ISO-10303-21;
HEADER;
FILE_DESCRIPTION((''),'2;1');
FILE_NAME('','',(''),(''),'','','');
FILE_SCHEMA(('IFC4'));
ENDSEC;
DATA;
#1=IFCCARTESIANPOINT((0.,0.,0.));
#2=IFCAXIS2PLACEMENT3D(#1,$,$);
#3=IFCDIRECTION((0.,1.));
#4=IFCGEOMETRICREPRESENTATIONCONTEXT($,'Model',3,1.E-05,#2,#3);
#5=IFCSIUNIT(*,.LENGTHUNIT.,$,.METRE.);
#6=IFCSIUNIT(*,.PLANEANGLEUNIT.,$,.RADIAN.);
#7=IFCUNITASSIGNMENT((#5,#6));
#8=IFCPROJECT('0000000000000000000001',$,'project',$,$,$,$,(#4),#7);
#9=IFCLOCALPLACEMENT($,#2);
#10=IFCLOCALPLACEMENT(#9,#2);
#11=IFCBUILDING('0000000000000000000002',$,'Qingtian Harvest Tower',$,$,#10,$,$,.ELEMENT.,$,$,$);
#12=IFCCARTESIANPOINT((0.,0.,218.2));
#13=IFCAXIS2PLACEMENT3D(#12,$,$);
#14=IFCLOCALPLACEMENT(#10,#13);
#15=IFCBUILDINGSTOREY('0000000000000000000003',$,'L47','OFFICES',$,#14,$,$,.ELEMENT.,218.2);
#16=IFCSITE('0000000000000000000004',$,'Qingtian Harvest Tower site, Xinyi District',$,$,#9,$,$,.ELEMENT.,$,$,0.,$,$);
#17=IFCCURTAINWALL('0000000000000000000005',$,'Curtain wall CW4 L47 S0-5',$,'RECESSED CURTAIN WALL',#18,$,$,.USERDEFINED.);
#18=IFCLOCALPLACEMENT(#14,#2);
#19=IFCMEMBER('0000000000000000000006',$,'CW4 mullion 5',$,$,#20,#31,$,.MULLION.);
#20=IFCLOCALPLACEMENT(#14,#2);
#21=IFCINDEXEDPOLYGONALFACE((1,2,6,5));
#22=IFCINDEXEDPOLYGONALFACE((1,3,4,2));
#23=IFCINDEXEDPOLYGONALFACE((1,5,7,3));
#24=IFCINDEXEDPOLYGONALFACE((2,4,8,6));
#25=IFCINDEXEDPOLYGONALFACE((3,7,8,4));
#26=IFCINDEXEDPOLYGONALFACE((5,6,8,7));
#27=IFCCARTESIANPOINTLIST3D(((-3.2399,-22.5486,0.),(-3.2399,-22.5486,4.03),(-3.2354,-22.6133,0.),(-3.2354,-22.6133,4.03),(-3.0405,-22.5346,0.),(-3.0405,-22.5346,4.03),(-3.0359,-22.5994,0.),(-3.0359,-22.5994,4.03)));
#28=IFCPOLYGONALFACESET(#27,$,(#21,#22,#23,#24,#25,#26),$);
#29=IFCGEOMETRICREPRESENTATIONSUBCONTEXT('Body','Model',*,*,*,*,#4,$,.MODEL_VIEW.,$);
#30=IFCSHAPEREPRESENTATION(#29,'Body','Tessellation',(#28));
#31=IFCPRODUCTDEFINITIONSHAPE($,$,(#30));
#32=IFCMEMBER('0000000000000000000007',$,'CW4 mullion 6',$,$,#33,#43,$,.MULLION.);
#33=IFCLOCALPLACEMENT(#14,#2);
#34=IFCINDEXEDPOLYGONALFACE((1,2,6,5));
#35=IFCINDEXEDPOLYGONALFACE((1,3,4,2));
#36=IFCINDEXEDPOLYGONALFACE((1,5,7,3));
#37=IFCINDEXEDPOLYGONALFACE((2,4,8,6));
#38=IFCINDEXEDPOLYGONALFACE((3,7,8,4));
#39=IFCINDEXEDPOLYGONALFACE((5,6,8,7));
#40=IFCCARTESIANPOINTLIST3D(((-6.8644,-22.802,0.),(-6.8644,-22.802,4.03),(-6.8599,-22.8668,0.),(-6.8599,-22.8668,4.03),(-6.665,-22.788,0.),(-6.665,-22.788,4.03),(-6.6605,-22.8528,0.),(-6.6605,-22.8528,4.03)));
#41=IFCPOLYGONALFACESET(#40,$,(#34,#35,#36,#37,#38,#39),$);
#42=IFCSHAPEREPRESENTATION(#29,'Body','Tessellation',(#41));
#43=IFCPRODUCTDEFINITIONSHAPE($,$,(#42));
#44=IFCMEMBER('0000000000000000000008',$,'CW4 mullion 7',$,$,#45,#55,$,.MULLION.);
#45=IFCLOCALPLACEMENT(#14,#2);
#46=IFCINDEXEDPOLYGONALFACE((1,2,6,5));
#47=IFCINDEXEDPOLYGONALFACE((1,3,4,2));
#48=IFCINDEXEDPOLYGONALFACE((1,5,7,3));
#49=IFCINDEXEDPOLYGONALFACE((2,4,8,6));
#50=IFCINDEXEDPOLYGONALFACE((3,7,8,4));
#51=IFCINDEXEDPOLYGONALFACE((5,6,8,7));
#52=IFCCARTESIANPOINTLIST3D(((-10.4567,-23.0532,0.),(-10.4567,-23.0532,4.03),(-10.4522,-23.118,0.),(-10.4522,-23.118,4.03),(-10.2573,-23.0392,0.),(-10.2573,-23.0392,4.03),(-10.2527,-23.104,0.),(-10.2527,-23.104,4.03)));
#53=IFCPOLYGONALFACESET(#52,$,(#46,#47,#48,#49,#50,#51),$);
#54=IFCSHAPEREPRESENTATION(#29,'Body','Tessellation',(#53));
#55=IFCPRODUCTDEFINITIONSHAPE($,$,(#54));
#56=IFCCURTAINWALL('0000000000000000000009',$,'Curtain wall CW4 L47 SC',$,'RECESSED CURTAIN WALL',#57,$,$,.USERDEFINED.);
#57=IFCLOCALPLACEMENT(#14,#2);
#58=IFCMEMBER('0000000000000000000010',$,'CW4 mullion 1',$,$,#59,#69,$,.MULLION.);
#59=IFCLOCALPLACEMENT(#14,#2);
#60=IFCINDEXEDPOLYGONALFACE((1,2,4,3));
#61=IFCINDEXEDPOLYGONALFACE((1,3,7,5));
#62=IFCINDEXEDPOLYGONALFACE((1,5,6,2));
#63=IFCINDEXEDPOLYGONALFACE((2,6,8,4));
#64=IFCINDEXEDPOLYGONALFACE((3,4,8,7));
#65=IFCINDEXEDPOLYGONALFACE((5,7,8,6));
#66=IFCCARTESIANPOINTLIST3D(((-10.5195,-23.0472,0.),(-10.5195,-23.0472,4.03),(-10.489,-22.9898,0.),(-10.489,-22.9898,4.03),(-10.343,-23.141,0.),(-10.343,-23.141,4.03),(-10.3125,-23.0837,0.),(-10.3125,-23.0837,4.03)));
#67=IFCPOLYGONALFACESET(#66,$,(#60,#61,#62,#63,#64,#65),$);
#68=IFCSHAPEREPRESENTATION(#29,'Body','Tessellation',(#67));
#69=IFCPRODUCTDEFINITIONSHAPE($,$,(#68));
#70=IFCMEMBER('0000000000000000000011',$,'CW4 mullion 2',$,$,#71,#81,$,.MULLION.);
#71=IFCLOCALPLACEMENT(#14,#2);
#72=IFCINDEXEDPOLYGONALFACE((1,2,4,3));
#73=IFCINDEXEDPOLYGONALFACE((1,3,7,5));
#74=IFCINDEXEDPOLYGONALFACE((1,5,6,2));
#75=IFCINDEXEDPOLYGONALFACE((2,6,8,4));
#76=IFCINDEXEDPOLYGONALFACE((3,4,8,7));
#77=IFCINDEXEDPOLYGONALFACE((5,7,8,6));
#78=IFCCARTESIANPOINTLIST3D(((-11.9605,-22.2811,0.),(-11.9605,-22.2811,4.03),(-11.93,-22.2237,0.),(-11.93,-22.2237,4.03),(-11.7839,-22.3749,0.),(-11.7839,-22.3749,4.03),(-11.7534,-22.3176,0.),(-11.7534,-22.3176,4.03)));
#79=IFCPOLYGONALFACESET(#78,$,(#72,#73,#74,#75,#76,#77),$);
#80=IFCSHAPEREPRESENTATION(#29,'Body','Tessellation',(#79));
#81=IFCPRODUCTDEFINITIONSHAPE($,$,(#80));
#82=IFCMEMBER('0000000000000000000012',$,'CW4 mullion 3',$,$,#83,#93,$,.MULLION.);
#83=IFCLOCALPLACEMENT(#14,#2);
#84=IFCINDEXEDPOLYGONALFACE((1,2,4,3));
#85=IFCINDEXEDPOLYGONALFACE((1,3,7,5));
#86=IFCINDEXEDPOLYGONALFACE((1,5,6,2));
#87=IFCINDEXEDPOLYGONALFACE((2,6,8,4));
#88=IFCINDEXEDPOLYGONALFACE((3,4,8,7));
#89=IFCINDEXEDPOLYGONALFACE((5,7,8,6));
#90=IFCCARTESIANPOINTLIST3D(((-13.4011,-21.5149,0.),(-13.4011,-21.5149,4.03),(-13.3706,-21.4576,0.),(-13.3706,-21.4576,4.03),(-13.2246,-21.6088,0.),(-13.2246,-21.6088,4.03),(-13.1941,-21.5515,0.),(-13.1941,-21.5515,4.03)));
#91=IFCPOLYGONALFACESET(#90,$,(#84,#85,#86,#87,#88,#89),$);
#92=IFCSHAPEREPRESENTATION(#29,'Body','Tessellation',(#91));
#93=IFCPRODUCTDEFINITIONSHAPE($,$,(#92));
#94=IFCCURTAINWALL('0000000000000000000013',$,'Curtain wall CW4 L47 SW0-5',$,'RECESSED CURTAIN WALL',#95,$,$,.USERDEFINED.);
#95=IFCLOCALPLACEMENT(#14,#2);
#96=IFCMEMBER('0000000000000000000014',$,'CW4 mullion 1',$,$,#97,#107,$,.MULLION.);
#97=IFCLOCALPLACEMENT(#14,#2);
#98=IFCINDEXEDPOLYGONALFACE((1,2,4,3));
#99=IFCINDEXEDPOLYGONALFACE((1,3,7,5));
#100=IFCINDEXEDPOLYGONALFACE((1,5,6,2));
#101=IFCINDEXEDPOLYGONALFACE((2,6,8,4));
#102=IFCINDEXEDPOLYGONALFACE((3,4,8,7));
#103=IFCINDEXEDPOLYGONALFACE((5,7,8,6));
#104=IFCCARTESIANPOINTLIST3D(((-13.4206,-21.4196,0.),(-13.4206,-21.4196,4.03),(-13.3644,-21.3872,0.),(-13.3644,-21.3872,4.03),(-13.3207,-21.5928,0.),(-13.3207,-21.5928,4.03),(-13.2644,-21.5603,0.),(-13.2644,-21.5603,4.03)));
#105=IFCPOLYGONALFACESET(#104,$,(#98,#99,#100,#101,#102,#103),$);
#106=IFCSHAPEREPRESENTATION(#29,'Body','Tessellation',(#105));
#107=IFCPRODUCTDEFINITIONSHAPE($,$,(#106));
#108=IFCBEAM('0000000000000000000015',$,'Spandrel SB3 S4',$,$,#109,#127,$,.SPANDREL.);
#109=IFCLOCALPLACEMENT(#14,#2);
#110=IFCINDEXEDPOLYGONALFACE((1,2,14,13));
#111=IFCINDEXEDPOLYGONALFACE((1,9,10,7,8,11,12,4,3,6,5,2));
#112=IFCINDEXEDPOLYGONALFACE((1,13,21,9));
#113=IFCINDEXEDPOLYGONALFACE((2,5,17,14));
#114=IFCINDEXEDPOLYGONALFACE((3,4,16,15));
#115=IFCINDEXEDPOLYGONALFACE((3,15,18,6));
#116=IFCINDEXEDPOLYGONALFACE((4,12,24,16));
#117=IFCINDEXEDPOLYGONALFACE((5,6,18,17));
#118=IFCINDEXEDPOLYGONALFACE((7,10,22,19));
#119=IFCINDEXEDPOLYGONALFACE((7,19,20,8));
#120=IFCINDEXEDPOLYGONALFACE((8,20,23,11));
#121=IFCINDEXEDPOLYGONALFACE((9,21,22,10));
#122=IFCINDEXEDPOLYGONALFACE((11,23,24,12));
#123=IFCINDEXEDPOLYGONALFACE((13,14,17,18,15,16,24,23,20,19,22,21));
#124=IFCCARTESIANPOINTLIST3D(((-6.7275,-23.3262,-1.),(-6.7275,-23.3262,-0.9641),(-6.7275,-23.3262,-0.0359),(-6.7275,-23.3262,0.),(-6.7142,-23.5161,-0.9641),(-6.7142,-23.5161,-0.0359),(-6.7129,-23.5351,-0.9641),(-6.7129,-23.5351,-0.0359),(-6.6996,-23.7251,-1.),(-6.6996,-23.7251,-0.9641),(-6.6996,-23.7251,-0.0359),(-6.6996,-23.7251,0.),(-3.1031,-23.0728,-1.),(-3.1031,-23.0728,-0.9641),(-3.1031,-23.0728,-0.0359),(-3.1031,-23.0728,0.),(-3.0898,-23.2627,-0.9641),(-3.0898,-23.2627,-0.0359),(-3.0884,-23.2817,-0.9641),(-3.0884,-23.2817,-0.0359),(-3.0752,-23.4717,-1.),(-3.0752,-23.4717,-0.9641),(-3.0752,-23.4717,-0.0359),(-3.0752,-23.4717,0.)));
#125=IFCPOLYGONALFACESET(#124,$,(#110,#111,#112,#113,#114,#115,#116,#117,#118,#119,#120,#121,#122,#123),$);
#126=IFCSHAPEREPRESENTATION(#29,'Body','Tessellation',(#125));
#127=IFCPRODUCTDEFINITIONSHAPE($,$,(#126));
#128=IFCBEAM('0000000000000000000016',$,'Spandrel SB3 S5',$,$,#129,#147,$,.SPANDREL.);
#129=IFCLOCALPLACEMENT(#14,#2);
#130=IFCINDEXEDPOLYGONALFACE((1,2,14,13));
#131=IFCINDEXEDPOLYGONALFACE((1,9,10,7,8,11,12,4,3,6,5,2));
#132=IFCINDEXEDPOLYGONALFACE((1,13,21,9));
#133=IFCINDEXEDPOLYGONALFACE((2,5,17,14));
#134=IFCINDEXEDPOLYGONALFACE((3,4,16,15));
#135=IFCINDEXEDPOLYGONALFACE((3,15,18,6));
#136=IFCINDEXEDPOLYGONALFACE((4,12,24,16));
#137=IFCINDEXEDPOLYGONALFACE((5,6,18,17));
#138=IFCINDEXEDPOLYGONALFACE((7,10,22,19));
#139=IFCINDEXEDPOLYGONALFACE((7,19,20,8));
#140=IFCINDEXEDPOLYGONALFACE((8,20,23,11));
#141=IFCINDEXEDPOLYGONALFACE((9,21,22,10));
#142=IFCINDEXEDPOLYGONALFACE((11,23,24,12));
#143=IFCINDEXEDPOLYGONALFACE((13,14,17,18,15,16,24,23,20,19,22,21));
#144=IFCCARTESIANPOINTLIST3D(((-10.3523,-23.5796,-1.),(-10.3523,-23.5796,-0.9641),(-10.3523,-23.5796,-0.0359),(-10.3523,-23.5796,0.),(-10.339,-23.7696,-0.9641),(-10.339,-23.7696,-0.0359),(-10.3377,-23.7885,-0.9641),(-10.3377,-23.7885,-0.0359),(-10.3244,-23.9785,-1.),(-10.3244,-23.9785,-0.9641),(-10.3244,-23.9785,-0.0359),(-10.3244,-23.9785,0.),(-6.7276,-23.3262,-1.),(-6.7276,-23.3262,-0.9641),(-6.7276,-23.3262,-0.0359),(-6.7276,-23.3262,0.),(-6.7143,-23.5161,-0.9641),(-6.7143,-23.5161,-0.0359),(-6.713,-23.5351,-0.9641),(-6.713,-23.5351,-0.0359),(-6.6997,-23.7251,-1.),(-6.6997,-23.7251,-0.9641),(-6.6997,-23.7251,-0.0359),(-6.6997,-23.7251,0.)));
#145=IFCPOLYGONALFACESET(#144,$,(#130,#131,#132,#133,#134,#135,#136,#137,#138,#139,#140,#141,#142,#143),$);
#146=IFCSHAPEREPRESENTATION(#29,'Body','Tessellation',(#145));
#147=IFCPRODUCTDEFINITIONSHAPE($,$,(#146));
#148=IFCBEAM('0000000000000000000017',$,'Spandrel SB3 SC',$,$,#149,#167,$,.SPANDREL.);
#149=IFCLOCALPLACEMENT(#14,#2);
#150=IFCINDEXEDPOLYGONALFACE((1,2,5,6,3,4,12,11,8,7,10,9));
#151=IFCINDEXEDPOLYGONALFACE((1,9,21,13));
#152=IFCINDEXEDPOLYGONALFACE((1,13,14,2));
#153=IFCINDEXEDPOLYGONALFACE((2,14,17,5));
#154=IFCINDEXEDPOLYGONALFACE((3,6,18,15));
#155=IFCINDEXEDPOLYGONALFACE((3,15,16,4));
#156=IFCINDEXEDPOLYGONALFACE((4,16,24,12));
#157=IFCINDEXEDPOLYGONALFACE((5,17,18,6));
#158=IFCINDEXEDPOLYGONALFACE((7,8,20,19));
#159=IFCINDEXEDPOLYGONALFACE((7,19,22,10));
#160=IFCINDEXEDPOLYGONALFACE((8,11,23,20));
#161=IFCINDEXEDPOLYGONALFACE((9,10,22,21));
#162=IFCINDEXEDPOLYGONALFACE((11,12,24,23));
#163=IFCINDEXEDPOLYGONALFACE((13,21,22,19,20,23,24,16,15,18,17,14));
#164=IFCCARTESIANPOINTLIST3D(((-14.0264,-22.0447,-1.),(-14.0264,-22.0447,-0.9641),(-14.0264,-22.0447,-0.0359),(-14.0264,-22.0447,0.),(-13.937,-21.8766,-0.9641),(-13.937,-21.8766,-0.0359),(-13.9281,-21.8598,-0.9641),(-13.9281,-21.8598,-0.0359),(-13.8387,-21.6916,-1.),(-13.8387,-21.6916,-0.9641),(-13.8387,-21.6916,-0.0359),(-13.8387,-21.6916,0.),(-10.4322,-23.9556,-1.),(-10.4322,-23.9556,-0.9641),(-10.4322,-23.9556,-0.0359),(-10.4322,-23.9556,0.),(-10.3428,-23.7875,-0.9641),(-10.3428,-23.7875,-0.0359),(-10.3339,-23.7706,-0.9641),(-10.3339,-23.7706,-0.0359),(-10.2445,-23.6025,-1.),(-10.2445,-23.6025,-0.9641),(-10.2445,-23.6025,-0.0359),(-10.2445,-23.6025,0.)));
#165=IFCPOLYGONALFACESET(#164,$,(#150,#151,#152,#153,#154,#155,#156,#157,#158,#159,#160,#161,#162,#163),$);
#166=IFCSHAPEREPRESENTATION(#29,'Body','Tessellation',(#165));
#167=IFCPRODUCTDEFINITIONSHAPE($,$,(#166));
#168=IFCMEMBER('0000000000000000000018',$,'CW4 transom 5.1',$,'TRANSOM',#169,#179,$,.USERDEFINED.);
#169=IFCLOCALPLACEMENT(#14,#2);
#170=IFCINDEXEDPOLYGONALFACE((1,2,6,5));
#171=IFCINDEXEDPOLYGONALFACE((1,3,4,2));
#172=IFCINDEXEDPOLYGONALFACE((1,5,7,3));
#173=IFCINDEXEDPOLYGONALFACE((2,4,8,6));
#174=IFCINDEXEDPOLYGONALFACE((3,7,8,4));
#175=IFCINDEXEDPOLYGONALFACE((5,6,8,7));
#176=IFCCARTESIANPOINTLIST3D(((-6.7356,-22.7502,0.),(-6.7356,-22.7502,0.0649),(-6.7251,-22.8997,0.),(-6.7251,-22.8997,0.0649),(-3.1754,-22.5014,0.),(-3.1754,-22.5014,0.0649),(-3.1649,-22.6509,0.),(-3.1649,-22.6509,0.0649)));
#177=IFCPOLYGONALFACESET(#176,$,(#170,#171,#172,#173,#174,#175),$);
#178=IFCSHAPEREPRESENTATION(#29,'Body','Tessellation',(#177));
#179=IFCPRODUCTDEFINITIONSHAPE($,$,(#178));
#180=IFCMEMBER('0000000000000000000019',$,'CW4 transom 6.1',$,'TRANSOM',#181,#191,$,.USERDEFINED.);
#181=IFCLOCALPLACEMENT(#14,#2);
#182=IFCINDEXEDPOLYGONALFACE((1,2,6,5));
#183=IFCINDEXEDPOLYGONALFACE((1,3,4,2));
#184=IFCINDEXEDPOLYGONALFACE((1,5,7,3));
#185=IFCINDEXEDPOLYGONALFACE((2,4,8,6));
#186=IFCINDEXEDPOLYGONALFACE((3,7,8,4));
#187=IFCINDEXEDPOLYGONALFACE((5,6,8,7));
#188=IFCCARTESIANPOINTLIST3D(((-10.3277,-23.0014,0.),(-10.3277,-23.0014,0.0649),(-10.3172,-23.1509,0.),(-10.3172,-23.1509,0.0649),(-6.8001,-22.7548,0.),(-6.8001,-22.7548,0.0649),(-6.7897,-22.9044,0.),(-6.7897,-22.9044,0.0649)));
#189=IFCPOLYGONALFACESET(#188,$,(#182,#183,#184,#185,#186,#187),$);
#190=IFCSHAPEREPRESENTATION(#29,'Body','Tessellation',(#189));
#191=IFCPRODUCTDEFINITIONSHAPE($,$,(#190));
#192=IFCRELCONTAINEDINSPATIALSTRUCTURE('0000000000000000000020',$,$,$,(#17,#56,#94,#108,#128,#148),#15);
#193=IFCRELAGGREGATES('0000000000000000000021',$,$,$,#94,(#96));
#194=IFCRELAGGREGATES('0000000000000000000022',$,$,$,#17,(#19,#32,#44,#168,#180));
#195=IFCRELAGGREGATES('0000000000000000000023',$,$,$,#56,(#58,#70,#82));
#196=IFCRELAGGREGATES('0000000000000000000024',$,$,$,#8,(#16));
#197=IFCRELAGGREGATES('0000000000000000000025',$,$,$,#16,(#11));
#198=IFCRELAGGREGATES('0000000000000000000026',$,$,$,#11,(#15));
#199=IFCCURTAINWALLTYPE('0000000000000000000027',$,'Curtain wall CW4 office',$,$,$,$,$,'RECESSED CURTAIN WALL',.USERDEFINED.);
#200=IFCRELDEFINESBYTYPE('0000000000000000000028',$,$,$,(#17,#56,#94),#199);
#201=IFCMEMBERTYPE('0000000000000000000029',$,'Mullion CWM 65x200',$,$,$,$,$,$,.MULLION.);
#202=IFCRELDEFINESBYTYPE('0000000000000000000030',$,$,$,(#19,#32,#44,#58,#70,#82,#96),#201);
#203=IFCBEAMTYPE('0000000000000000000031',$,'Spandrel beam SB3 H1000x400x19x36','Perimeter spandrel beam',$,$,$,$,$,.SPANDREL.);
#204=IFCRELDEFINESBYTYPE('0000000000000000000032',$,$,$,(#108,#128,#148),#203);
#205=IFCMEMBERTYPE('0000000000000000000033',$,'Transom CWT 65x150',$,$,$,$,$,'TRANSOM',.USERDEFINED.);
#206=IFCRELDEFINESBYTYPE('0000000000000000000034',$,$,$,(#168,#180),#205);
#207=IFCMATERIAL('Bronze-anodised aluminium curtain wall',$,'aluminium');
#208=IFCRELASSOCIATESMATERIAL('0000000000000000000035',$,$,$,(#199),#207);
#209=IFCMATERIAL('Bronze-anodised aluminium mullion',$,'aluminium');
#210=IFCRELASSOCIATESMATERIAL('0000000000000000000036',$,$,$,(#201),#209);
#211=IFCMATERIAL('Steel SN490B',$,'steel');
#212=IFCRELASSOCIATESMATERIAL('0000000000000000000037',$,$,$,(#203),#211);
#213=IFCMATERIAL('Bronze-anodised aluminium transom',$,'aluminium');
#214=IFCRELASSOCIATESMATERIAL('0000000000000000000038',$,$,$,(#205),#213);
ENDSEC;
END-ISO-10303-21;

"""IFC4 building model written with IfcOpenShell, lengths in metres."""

from ifc_helpers import new_model, si_unit, direction, frame, origin, origin_2d, place, context, subcontext, project, spatial, rectangle, i_section, extrude, material, material_profile, profile_set, type_object, element, aggregate, save


model = new_model("IFC4")

# Units and contexts
model_context = context("Model", 3, precision=1e-05, world=origin(), true_north=direction((0.0, 1.0)))
body_context = subcontext(model_context, "Body", "Model", "MODEL_VIEW")
ifc_project = project(units=[si_unit("LENGTHUNIT", "METRE"), si_unit("PLANEANGLEUNIT", "RADIAN")], contexts=[model_context])

# Site, building, storey
site_placement = place(None, origin())
site = spatial("IfcSite", under=ifc_project, at=site_placement, Name="Qingtian Harvest Tower site, Xinyi District", CompositionType="ELEMENT", RefElevation=0.0)
building_placement = place(site_placement, origin())
building = spatial("IfcBuilding", under=site, at=building_placement, Name="Qingtian Harvest Tower", CompositionType="ELEMENT")
storey_placement = place(building_placement, frame((0.0, 0.0, 218.2)))
storey = spatial("IfcBuildingStorey", under=building, at=storey_placement, Name="L47", Description="OFFICES", CompositionType="ELEMENT", Elevation=218.2)

# Curtain walls, members
ifc_material_1 = material(Name="Bronze-anodised aluminium curtain wall", Category="aluminium")
curtain_wall_type = type_object("IfcCurtainWallType", Name="Curtain wall CW4 office", ElementType="RECESSED CURTAIN WALL", PredefinedType="USERDEFINED", material=ifc_material_1)
curtain_wall_1_placement = place(storey_placement, origin())
curtain_wall_1 = element("IfcCurtainWall", 1, at=curtain_wall_1_placement, inside=storey, type_object=curtain_wall_type, Name="Curtain wall CW4 L47 S0-5", ObjectType="RECESSED CURTAIN WALL", PredefinedType="USERDEFINED")
ifc_material_2 = material(Name="Bronze-anodised aluminium mullion", Category="aluminium")
ifc_material_profile_1 = material_profile(ifc_material_2, rectangle(XDim=0.0649, YDim=0.2, at=origin_2d()), Name="AL 65x200")
ifc_profile_set_1 = profile_set([ifc_material_profile_1], Name="Bronze-anodised aluminium mullion")
member_type_1 = type_object("IfcMemberType", Name="Mullion CWM 65x200", PredefinedType="MULLION", material=ifc_profile_set_1)
member_1_placement = place(storey_placement, frame((-3.1379, -22.574, 0.0), z_axis=(0.0, 0.0, 1.0), x_axis=(0.069756, -0.997564, 0.0)))
member_1 = element("IfcMember", 2, at=member_1_placement, type_object=member_type_1, Name="CW4 mullion 5", PredefinedType="MULLION", context=body_context, shape_type="SweptSolid", body=[
    extrude(rectangle(XDim=0.0649, YDim=0.2, at=origin_2d()), origin(), (0.0, 0.0, 1.0), 4.03),
])
member_2_placement = place(storey_placement, frame((-6.7625, -22.8274, 0.0), z_axis=(0.0, 0.0, 1.0), x_axis=(0.069756, -0.997564, 0.0)))
member_2 = element("IfcMember", 3, at=member_2_placement, type_object=member_type_1, Name="CW4 mullion 6", PredefinedType="MULLION", context=body_context, shape_type="SweptSolid", body=[
    extrude(rectangle(XDim=0.0649, YDim=0.2, at=origin_2d()), origin(), (0.0, 0.0, 1.0), 4.03),
])
member_3_placement = place(storey_placement, frame((-10.3547, -23.0786, 0.0), z_axis=(0.0, 0.0, 1.0), x_axis=(0.069756, -0.997564, 0.0)))
member_3 = element("IfcMember", 4, at=member_3_placement, type_object=member_type_1, Name="CW4 mullion 7", PredefinedType="MULLION", context=body_context, shape_type="SweptSolid", body=[
    extrude(rectangle(XDim=0.0649, YDim=0.2, at=origin_2d()), origin(), (0.0, 0.0, 1.0), 4.03),
])
curtain_wall_2_placement = place(storey_placement, origin())
curtain_wall_2 = element("IfcCurtainWall", 5, at=curtain_wall_2_placement, inside=storey, type_object=curtain_wall_type, Name="Curtain wall CW4 L47 SC", ObjectType="RECESSED CURTAIN WALL", PredefinedType="USERDEFINED")
member_4_placement = place(storey_placement, frame((-10.416, -23.0654, 0.0), z_axis=(0.0, 0.0, 1.0), x_axis=(-0.469472, -0.882948, 0.0)))
member_4 = element("IfcMember", 6, at=member_4_placement, type_object=member_type_1, Name="CW4 mullion 1", PredefinedType="MULLION", context=body_context, shape_type="SweptSolid", body=[
    extrude(rectangle(XDim=0.0649, YDim=0.2, at=origin_2d()), origin(), (0.0, 0.0, 1.0), 4.03),
])
member_5_placement = place(storey_placement, frame((-11.8569, -22.2993, 0.0), z_axis=(0.0, 0.0, 1.0), x_axis=(-0.469472, -0.882948, 0.0)))
member_5 = element("IfcMember", 7, at=member_5_placement, type_object=member_type_1, Name="CW4 mullion 2", PredefinedType="MULLION", context=body_context, shape_type="SweptSolid", body=[
    extrude(rectangle(XDim=0.0649, YDim=0.2, at=origin_2d()), origin(), (0.0, 0.0, 1.0), 4.03),
])
member_6_placement = place(storey_placement, frame((-13.2976, -21.5332, 0.0), z_axis=(0.0, 0.0, 1.0), x_axis=(-0.469472, -0.882948, 0.0)))
member_6 = element("IfcMember", 8, at=member_6_placement, type_object=member_type_1, Name="CW4 mullion 3", PredefinedType="MULLION", context=body_context, shape_type="SweptSolid", body=[
    extrude(rectangle(XDim=0.0649, YDim=0.2, at=origin_2d()), origin(), (0.0, 0.0, 1.0), 4.03),
])

# Curtain wall, member
curtain_wall_3_placement = place(storey_placement, origin())
curtain_wall_3 = element("IfcCurtainWall", 9, at=curtain_wall_3_placement, inside=storey, type_object=curtain_wall_type, Name="Curtain wall CW4 L47 SW0-5", ObjectType="RECESSED CURTAIN WALL", PredefinedType="USERDEFINED")
member_7_placement = place(storey_placement, frame((-13.3425, -21.49, 0.0), z_axis=(0.0, 0.0, 1.0), x_axis=(-0.866025, -0.5, 0.0)))
member_7 = element("IfcMember", 10, at=member_7_placement, type_object=member_type_1, Name="CW4 mullion 1", PredefinedType="MULLION", context=body_context, shape_type="SweptSolid", body=[
    extrude(rectangle(XDim=0.0649, YDim=0.2, at=origin_2d()), origin(), (0.0, 0.0, 1.0), 4.03),
])
aggregate(curtain_wall_3, [member_7])

# Beams
ifc_material_3 = material(Name="Steel SN490B", Category="steel")
ifc_material_profile_2 = material_profile(ifc_material_3, i_section(OverallWidth=0.3999, OverallDepth=1.0, WebThickness=0.019, FlangeThickness=0.0359, at=origin_2d()), Name="H1000x400x19x36")
ifc_profile_set_2 = profile_set([ifc_material_profile_2], Name="Steel SN490B")
beam_type_1 = type_object("IfcBeamType", Name="Spandrel beam SB3 H1000x400x19x36", Description="Perimeter spandrel beam", PredefinedType="SPANDREL", material=ifc_profile_set_2)
beam_1_placement = place(storey_placement, frame((-3.0891, -23.2722, -0.5), z_axis=(-0.997565, -0.069748, 0.0), x_axis=(0.069748, -0.997565, 0.0)))
element("IfcBeam", 11, at=beam_1_placement, inside=storey, type_object=beam_type_1, Name="Spandrel SB3 S4", PredefinedType="SPANDREL", context=body_context, shape_type="SweptSolid", body=[
    extrude(i_section(OverallWidth=0.3999, OverallDepth=1.0, WebThickness=0.019, FlangeThickness=0.0359, at=origin_2d()), origin(), (0.0, 0.0, 1.0), 3.6333),
])
beam_2_placement = place(storey_placement, frame((-6.7136, -23.5256, -0.5), z_axis=(-0.997565, -0.069743, 0.0), x_axis=(0.069743, -0.997565, 0.0)))
element("IfcBeam", 12, at=beam_2_placement, inside=storey, type_object=beam_type_1, Name="Spandrel SB3 S5", PredefinedType="SPANDREL", context=body_context, shape_type="SweptSolid", body=[
    extrude(i_section(OverallWidth=0.3999, OverallDepth=1.0, WebThickness=0.019, FlangeThickness=0.0359, at=origin_2d()), origin(), (0.0, 0.0, 1.0), 3.6335),
])
beam_3_placement = place(storey_placement, frame((-10.3384, -23.7791, -0.5), z_axis=(-0.882968, 0.469433, 0.0), x_axis=(-0.469433, -0.882968, 0.0)))
element("IfcBeam", 13, at=beam_3_placement, inside=storey, type_object=beam_type_1, Name="Spandrel SB3 SC", PredefinedType="SPANDREL", context=body_context, shape_type="SweptSolid", body=[
    extrude(i_section(OverallWidth=0.3999, OverallDepth=1.0, WebThickness=0.019, FlangeThickness=0.0359, at=origin_2d()), origin(), (0.0, 0.0, 1.0), 4.0706),
])

# Members
ifc_material_4 = material(Name="Bronze-anodised aluminium transom", Category="aluminium")
ifc_material_profile_3 = material_profile(ifc_material_4, rectangle(XDim=0.1499, YDim=0.0649, at=origin_2d()), Name="AL 65x150")
ifc_profile_set_3 = profile_set([ifc_material_profile_3], Name="Bronze-anodised aluminium transom")
member_type_2 = type_object("IfcMemberType", Name="Transom CWT 65x150", ElementType="TRANSOM", PredefinedType="USERDEFINED", material=ifc_profile_set_3)
member_8_placement = place(storey_placement, frame((-3.1702, -22.5762, 0.0325), z_axis=(-0.997567, -0.069711, 0.0), x_axis=(0.069711, -0.997567, 0.0)))
member_8 = element("IfcMember", 14, at=member_8_placement, type_object=member_type_2, Name="CW4 transom 5.1", ObjectType="TRANSOM", PredefinedType="USERDEFINED", context=body_context, shape_type="SweptSolid", body=[
    extrude(rectangle(XDim=0.1499, YDim=0.0649, at=origin_2d()), origin(), (0.0, 0.0, 1.0), 3.5688),
])
member_9_placement = place(storey_placement, frame((-6.7949, -22.8296, 0.0325), z_axis=(-0.997566, -0.069731, 0.0), x_axis=(0.069731, -0.997566, 0.0)))
member_9 = element("IfcMember", 15, at=member_9_placement, type_object=member_type_2, Name="CW4 transom 6.1", ObjectType="TRANSOM", PredefinedType="USERDEFINED", context=body_context, shape_type="SweptSolid", body=[
    extrude(rectangle(XDim=0.1499, YDim=0.0649, at=origin_2d()), origin(), (0.0, 0.0, 1.0), 3.5361),
])

aggregate(curtain_wall_1, [member_1, member_2, member_3, member_8, member_9])
aggregate(curtain_wall_2, [member_4, member_5, member_6])

save(model, "model.ifc")
